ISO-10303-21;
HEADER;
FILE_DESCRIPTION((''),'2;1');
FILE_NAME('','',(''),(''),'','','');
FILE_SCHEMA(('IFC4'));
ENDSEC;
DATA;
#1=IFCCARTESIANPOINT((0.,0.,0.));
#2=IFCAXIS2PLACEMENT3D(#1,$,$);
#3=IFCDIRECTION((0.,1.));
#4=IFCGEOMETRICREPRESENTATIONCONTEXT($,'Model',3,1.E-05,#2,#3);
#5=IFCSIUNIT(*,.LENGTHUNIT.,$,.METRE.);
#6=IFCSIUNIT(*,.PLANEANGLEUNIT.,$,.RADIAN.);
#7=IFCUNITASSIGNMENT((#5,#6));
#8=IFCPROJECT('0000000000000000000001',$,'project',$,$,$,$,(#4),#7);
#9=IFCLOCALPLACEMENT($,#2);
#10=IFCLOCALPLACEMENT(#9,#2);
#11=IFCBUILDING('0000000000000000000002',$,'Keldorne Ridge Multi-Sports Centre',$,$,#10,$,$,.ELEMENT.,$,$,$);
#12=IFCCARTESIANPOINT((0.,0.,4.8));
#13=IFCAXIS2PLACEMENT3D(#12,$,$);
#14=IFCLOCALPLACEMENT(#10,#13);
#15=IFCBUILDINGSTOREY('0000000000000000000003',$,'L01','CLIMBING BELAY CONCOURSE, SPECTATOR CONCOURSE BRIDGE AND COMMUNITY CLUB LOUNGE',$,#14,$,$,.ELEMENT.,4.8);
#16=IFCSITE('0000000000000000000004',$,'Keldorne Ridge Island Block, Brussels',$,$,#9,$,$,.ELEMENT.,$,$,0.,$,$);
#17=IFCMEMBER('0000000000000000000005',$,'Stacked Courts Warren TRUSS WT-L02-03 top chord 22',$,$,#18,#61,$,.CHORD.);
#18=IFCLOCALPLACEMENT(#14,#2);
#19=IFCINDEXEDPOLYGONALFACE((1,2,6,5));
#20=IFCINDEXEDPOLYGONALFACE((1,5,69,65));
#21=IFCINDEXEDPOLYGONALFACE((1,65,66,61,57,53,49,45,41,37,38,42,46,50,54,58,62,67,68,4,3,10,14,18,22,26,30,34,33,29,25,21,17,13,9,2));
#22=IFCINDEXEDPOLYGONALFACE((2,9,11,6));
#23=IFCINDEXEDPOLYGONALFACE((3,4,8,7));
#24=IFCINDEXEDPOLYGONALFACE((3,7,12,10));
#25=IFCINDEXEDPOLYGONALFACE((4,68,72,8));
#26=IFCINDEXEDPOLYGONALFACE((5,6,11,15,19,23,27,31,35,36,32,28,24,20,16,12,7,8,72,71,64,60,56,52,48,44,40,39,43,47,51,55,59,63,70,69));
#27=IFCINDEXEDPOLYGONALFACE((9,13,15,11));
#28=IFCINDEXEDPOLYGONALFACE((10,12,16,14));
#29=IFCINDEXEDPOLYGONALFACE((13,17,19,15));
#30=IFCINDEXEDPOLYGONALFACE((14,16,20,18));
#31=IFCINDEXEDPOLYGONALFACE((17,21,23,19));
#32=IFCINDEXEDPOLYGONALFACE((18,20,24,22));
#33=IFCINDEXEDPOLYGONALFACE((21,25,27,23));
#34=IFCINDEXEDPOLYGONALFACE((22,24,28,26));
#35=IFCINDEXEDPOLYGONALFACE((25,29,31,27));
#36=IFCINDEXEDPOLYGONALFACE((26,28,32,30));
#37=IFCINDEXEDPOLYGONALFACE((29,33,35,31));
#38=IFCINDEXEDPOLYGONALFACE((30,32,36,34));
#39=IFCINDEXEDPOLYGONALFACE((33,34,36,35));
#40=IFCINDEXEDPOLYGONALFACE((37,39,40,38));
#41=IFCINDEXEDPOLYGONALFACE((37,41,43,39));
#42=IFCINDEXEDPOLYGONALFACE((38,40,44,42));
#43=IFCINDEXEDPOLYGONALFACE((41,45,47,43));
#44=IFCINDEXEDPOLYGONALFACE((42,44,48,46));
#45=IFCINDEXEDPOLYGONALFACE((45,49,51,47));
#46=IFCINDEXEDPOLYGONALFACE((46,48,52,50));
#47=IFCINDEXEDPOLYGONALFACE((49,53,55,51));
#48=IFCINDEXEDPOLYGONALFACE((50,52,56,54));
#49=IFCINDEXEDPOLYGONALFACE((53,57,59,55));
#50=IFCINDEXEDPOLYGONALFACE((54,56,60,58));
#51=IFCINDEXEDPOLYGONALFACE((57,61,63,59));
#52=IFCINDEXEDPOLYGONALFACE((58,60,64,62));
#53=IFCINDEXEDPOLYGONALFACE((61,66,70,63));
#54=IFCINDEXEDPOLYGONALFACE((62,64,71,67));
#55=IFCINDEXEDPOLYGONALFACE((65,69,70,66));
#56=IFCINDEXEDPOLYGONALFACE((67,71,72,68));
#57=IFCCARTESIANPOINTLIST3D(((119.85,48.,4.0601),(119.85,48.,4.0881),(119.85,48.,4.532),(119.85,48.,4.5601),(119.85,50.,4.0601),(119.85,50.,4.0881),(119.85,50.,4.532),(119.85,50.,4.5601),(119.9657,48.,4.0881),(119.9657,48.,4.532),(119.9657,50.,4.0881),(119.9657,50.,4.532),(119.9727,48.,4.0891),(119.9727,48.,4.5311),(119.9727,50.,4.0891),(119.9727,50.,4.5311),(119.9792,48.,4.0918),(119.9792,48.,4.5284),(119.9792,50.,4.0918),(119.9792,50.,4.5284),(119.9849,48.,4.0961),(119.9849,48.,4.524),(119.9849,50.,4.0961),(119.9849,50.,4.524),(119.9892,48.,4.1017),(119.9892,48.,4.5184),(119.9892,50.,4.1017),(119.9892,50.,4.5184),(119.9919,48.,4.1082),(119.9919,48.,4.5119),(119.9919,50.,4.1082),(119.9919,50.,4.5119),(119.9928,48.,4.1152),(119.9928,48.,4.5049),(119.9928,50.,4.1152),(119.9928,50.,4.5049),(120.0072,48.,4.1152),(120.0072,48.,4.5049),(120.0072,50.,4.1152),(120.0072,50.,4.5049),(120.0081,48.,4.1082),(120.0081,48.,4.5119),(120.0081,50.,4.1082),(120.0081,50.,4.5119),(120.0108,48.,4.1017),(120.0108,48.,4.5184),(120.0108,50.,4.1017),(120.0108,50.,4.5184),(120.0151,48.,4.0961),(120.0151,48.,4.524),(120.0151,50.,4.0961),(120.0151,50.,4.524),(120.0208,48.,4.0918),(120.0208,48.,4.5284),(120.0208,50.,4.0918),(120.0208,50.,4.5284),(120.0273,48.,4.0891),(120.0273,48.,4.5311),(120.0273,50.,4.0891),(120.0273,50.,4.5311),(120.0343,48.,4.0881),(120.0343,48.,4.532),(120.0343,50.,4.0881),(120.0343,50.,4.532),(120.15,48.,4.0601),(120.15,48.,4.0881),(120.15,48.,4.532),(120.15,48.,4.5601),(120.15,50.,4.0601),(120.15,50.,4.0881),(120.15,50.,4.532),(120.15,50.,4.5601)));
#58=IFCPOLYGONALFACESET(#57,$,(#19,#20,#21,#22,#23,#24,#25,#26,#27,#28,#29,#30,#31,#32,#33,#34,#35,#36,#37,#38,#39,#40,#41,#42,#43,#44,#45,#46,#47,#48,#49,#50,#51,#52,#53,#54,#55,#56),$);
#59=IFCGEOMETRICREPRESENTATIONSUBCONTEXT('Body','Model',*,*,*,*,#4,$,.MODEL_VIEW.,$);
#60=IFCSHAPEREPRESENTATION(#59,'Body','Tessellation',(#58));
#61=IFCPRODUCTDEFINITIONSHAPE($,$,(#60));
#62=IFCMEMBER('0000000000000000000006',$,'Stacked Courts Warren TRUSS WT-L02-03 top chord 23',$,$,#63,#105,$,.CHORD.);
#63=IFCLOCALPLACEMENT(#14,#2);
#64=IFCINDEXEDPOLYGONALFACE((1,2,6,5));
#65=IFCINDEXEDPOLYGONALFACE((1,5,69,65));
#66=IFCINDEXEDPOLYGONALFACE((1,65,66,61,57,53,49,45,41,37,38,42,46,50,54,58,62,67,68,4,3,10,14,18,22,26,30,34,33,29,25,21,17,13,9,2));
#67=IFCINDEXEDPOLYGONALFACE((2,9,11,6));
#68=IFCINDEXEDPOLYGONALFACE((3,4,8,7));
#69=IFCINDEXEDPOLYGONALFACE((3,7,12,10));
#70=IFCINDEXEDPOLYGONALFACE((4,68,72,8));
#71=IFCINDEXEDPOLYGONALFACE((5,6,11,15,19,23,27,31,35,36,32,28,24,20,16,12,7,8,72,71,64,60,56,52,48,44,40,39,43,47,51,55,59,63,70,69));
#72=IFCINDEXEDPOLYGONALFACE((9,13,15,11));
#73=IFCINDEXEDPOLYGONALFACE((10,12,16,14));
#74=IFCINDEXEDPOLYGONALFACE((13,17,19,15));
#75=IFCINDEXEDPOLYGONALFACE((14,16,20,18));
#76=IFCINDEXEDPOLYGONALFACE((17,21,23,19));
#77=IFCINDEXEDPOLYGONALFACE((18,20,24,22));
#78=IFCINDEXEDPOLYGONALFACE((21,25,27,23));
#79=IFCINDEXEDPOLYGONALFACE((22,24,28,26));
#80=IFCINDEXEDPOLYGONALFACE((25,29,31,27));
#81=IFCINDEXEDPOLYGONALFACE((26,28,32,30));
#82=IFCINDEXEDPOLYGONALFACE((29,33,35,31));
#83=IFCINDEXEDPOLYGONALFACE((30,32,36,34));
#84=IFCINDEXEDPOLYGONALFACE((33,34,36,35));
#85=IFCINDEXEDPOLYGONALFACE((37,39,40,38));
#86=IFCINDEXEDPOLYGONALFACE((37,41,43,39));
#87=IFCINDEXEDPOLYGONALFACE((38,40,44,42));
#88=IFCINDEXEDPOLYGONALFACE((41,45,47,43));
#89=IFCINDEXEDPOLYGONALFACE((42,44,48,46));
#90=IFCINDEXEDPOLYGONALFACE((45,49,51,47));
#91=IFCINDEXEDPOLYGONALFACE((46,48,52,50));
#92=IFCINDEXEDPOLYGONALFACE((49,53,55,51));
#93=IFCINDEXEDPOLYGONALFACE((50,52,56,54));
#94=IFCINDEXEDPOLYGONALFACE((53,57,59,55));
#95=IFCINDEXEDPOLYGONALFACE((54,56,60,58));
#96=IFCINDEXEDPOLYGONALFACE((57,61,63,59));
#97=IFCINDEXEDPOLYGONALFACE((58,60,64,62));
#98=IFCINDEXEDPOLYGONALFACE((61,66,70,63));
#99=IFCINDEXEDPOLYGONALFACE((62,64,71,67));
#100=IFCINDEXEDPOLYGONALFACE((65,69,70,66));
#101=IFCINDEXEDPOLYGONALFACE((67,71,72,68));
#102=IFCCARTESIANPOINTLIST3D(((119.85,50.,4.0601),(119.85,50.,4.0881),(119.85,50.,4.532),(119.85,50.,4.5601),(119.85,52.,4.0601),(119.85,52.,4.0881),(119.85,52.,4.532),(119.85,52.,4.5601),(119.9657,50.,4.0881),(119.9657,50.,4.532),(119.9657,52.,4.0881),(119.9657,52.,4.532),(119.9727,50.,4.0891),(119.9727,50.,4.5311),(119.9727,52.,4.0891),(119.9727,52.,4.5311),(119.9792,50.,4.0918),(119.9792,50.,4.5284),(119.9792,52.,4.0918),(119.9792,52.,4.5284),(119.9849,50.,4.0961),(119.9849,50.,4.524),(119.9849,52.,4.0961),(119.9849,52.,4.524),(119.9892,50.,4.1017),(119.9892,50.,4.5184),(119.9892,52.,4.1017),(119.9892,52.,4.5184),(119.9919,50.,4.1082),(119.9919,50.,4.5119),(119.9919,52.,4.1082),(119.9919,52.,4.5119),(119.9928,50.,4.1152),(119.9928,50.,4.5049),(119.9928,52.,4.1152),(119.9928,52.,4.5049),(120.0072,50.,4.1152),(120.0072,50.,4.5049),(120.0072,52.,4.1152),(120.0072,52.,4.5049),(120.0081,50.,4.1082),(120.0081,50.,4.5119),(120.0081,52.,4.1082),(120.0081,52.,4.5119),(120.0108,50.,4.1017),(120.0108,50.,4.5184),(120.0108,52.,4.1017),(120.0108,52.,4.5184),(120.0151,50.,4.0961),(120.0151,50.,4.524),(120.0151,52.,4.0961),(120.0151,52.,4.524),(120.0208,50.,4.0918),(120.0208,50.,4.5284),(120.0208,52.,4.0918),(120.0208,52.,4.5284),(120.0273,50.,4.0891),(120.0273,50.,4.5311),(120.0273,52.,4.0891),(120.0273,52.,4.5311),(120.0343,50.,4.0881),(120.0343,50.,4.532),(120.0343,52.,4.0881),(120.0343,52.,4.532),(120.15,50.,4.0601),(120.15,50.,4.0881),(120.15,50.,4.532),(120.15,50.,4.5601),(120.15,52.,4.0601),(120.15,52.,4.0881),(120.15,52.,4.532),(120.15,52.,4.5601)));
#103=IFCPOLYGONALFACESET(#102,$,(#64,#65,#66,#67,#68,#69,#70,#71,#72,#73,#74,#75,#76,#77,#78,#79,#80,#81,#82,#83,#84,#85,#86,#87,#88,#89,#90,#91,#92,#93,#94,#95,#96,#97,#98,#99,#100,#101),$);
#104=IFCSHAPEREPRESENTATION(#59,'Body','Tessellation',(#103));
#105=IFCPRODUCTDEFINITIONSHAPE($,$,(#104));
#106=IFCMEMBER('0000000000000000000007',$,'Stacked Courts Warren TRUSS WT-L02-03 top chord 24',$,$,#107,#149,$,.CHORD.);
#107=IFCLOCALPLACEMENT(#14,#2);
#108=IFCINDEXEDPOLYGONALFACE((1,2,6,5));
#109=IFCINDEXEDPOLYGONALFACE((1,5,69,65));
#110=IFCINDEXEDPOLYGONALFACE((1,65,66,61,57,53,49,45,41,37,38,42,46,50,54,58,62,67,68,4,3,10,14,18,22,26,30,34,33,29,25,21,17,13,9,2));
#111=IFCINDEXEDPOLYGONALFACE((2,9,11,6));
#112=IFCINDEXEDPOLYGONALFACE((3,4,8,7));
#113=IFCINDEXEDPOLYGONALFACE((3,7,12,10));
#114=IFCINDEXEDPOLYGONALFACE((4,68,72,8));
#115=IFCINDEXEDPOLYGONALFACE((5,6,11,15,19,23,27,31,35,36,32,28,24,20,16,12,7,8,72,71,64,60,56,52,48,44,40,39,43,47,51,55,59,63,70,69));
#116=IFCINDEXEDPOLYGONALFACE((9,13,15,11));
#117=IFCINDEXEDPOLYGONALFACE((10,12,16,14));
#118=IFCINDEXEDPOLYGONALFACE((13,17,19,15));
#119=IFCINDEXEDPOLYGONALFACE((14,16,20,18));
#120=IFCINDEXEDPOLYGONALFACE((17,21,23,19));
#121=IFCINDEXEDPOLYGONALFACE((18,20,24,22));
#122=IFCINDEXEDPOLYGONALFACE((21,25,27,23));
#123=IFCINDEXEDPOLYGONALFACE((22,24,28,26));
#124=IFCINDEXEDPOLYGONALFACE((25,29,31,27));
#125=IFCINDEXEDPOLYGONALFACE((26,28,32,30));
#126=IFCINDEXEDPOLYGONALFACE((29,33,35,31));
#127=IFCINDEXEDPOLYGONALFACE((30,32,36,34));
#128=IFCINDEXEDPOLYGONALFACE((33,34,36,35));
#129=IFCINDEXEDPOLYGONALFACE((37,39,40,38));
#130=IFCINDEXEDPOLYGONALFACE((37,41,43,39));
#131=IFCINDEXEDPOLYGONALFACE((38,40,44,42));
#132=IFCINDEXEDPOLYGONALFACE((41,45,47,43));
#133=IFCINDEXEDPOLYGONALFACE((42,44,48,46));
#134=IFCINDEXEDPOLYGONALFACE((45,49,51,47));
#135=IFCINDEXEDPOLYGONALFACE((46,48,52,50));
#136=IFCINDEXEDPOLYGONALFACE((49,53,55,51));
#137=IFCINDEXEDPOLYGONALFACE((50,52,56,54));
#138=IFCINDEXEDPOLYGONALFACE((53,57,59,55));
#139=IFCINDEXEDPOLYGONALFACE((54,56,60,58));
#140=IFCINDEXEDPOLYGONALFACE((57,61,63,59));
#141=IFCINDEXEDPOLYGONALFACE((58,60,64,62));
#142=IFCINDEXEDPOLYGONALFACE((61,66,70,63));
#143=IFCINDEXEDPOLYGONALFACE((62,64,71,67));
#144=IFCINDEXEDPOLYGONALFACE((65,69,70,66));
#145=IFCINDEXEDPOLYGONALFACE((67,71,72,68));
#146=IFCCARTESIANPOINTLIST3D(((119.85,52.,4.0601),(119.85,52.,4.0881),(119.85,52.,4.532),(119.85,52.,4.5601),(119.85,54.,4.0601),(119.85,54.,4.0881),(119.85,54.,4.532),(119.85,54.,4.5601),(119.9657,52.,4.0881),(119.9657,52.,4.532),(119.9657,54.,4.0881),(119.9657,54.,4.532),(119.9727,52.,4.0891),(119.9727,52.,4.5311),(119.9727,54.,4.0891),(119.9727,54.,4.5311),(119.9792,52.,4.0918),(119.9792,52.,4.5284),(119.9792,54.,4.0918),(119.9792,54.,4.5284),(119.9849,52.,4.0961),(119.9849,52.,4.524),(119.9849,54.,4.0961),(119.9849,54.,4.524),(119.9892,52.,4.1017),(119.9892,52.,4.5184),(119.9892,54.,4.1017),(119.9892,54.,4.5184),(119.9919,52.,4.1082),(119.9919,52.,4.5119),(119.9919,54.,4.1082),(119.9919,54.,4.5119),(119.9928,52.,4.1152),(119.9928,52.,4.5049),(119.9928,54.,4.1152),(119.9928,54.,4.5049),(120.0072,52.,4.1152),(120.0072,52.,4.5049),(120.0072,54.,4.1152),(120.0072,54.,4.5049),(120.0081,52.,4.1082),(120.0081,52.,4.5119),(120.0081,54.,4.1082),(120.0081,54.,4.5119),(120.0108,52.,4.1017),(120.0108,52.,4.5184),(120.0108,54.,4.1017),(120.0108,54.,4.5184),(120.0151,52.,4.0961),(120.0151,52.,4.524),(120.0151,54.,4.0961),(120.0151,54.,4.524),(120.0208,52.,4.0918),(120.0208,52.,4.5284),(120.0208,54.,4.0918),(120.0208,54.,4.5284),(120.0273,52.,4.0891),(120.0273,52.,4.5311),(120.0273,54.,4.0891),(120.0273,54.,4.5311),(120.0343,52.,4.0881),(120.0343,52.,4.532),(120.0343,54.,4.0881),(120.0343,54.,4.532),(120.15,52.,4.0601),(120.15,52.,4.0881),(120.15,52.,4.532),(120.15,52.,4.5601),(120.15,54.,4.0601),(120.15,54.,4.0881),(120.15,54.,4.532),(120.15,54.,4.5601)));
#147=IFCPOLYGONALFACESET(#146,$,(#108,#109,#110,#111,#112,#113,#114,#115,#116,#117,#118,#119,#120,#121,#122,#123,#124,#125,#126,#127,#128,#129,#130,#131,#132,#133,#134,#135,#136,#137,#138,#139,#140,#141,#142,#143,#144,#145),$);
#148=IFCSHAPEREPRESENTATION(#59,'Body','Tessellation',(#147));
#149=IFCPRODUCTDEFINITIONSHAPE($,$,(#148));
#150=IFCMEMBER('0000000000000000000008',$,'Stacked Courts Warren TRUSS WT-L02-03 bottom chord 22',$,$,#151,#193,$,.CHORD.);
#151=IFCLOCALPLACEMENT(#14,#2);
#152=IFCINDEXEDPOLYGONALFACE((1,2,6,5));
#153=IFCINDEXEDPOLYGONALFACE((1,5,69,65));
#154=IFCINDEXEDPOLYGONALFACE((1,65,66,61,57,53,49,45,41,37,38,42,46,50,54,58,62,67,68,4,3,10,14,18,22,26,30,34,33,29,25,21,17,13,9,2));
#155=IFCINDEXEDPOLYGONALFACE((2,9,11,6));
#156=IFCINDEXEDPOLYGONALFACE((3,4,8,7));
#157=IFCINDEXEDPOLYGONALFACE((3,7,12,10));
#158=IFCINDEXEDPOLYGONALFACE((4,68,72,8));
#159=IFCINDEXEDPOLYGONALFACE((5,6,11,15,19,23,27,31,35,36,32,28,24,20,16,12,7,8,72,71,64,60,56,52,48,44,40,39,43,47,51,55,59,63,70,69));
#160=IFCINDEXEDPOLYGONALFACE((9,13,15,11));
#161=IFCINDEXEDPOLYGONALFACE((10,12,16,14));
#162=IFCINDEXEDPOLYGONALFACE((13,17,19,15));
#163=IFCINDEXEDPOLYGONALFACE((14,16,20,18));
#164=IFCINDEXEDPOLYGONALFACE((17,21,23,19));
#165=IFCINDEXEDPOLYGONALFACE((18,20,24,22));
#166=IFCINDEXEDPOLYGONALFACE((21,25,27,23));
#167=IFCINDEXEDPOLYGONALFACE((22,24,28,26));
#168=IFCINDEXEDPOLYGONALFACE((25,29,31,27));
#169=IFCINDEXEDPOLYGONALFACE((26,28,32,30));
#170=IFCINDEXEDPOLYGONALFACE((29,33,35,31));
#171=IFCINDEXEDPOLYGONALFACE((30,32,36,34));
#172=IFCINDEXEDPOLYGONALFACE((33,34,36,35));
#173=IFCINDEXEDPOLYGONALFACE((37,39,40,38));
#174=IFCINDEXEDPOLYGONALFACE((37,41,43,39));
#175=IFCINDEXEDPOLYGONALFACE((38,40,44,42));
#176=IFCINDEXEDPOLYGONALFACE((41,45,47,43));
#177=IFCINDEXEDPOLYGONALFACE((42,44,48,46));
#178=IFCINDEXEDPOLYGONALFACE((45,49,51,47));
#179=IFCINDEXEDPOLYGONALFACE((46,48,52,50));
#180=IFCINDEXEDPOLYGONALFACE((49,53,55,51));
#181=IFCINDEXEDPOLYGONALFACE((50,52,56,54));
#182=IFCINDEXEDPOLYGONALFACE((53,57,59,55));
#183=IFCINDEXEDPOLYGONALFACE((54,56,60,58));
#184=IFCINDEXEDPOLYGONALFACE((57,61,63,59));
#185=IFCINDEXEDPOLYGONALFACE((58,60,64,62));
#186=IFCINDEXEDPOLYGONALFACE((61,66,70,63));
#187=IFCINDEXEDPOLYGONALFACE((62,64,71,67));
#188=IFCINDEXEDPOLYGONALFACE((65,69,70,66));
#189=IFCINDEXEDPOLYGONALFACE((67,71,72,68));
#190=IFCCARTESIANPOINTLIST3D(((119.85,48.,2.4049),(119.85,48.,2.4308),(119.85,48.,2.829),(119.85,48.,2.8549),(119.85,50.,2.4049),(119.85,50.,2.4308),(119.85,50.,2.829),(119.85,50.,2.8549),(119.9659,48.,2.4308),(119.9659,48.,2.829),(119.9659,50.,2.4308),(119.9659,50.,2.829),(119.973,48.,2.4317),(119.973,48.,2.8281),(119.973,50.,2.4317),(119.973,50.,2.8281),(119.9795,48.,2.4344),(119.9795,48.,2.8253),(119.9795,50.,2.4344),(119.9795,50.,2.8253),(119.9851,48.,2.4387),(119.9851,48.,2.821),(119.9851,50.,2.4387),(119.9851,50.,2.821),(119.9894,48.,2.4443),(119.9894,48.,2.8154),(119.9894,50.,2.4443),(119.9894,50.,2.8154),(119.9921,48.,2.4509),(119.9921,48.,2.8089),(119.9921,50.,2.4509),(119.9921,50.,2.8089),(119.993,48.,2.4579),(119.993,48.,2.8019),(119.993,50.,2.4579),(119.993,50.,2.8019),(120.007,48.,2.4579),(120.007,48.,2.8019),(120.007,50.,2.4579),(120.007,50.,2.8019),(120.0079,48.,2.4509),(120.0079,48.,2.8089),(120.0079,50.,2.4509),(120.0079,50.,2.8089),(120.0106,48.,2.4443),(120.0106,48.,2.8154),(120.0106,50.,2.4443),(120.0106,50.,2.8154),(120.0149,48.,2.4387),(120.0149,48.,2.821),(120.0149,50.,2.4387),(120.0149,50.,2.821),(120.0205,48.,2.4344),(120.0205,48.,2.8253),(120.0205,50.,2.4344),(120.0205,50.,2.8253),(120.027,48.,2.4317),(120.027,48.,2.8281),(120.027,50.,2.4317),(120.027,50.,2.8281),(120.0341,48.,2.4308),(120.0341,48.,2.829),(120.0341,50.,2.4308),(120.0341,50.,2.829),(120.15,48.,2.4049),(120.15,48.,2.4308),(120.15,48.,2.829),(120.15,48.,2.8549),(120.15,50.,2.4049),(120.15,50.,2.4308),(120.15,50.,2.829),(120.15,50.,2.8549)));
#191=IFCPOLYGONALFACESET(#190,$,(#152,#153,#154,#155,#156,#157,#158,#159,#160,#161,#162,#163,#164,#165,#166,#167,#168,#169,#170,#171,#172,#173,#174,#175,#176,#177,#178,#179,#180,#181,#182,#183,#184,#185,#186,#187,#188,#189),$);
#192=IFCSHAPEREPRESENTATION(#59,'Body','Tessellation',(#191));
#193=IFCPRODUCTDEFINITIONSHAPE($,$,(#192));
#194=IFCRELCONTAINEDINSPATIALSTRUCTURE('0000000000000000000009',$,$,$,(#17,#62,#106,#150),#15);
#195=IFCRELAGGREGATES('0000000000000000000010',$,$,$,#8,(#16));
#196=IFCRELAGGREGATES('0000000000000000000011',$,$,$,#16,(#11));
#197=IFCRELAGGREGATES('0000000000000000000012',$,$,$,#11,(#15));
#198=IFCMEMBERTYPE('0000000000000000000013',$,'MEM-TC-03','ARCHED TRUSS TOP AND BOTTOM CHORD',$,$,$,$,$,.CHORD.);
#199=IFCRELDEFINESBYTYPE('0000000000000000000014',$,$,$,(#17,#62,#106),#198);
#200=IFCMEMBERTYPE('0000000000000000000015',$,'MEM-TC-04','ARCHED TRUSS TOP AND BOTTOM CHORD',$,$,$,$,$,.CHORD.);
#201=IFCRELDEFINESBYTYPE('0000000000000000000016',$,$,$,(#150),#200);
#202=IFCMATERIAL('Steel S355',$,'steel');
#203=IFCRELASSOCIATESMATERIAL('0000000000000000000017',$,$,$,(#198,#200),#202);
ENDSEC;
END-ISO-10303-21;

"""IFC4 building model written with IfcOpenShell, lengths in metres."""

from ifc_helpers import new_model, si_unit, direction, frame, origin, origin_2d, place, context, subcontext, project, spatial, i_section, extrude, material, material_profile, profile_set, type_object, element, save


model = new_model("IFC4")

# Units and contexts
model_context = context("Model", 3, precision=1e-05, world=origin(), true_north=direction((0.0, 1.0)))
body_context = subcontext(model_context, "Body", "Model", "MODEL_VIEW")
ifc_project = project(units=[si_unit("LENGTHUNIT", "METRE"), si_unit("PLANEANGLEUNIT", "RADIAN")], contexts=[model_context])

# Site, building, storey
site_placement = place(None, origin())
site = spatial("IfcSite", under=ifc_project, at=site_placement, Name="Keldorne Ridge Island Block, Brussels", CompositionType="ELEMENT", RefElevation=0.0)
building_placement = place(site_placement, origin())
building = spatial("IfcBuilding", under=site, at=building_placement, Name="Keldorne Ridge Multi-Sports Centre", CompositionType="ELEMENT")
storey_placement = place(building_placement, frame((0.0, 0.0, 4.8)))
storey = spatial("IfcBuildingStorey", under=building, at=storey_placement, Name="L01", Description="CLIMBING BELAY CONCOURSE, SPECTATOR CONCOURSE BRIDGE AND COMMUNITY CLUB LOUNGE", CompositionType="ELEMENT", Elevation=4.8)

# Shared definitions
ifc_material_1 = material(Name="Steel S355", Category="steel")

# Members
ifc_material_profile_1 = material_profile(ifc_material_1, i_section(OverallWidth=0.3, OverallDepth=0.5, WebThickness=0.0144, FlangeThickness=0.0281, FilletRadius=0.0271, at=origin_2d()), Name="HEB 500")
ifc_profile_set_1 = profile_set([ifc_material_profile_1], Name="Steel S355")
member_type_1 = type_object("IfcMemberType", Name="MEM-TC-03", Description="ARCHED TRUSS TOP AND BOTTOM CHORD", PredefinedType="CHORD", material=ifc_profile_set_1)
for number, where, z_axis, x_axis, name in (
    (1, (120.0, 48.0, 4.3101), (0.0, 1.0, 0.0), (-1.0, 0.0, 0.0), "Stacked Courts Warren TRUSS WT-L02-03 top chord 22"),
    (2, (120.0, 50.0, 4.3101), (0.0, 1.0, 0.0), (-1.0, 0.0, 0.0), "Stacked Courts Warren TRUSS WT-L02-03 top chord 23"),
    (3, (120.0, 52.0, 4.3101), (0.0, 1.0, 0.0), (-1.0, 0.0, 0.0), "Stacked Courts Warren TRUSS WT-L02-03 top chord 24"),
):
    element("IfcMember", number, at=place(storey_placement, frame(where, z_axis=z_axis, x_axis=x_axis)), inside=storey, type_object=member_type_1, Name=name, PredefinedType="CHORD", context=body_context, shape_type="SweptSolid", body=[
        extrude(i_section(OverallWidth=0.3, OverallDepth=0.5, WebThickness=0.0144, FlangeThickness=0.0281, FilletRadius=0.0271, at=origin_2d()), origin(), (0.0, 0.0, 1.0), 2.0),
    ])
ifc_material_profile_2 = material_profile(ifc_material_1, i_section(OverallWidth=0.3, OverallDepth=0.45, WebThickness=0.0139, FlangeThickness=0.0259, FilletRadius=0.0271, at=origin_2d()), Name="HEB 450")
ifc_profile_set_2 = profile_set([ifc_material_profile_2], Name="Steel S355")
member_type_2 = type_object("IfcMemberType", Name="MEM-TC-04", Description="ARCHED TRUSS TOP AND BOTTOM CHORD", PredefinedType="CHORD", material=ifc_profile_set_2)
for number, where, z_axis, x_axis, name in (
    (4, (120.0, 48.0, 2.6299), (0.0, 1.0, 0.0), (-1.0, 0.0, 0.0), "Stacked Courts Warren TRUSS WT-L02-03 bottom chord 22"),
):
    element("IfcMember", number, at=place(storey_placement, frame(where, z_axis=z_axis, x_axis=x_axis)), inside=storey, type_object=member_type_2, Name=name, PredefinedType="CHORD", context=body_context, shape_type="SweptSolid", body=[
        extrude(i_section(OverallWidth=0.3, OverallDepth=0.45, WebThickness=0.0139, FlangeThickness=0.0259, FilletRadius=0.0271, at=origin_2d()), origin(), (0.0, 0.0, 1.0), 2.0),
    ])

save(model, "model.ifc")
